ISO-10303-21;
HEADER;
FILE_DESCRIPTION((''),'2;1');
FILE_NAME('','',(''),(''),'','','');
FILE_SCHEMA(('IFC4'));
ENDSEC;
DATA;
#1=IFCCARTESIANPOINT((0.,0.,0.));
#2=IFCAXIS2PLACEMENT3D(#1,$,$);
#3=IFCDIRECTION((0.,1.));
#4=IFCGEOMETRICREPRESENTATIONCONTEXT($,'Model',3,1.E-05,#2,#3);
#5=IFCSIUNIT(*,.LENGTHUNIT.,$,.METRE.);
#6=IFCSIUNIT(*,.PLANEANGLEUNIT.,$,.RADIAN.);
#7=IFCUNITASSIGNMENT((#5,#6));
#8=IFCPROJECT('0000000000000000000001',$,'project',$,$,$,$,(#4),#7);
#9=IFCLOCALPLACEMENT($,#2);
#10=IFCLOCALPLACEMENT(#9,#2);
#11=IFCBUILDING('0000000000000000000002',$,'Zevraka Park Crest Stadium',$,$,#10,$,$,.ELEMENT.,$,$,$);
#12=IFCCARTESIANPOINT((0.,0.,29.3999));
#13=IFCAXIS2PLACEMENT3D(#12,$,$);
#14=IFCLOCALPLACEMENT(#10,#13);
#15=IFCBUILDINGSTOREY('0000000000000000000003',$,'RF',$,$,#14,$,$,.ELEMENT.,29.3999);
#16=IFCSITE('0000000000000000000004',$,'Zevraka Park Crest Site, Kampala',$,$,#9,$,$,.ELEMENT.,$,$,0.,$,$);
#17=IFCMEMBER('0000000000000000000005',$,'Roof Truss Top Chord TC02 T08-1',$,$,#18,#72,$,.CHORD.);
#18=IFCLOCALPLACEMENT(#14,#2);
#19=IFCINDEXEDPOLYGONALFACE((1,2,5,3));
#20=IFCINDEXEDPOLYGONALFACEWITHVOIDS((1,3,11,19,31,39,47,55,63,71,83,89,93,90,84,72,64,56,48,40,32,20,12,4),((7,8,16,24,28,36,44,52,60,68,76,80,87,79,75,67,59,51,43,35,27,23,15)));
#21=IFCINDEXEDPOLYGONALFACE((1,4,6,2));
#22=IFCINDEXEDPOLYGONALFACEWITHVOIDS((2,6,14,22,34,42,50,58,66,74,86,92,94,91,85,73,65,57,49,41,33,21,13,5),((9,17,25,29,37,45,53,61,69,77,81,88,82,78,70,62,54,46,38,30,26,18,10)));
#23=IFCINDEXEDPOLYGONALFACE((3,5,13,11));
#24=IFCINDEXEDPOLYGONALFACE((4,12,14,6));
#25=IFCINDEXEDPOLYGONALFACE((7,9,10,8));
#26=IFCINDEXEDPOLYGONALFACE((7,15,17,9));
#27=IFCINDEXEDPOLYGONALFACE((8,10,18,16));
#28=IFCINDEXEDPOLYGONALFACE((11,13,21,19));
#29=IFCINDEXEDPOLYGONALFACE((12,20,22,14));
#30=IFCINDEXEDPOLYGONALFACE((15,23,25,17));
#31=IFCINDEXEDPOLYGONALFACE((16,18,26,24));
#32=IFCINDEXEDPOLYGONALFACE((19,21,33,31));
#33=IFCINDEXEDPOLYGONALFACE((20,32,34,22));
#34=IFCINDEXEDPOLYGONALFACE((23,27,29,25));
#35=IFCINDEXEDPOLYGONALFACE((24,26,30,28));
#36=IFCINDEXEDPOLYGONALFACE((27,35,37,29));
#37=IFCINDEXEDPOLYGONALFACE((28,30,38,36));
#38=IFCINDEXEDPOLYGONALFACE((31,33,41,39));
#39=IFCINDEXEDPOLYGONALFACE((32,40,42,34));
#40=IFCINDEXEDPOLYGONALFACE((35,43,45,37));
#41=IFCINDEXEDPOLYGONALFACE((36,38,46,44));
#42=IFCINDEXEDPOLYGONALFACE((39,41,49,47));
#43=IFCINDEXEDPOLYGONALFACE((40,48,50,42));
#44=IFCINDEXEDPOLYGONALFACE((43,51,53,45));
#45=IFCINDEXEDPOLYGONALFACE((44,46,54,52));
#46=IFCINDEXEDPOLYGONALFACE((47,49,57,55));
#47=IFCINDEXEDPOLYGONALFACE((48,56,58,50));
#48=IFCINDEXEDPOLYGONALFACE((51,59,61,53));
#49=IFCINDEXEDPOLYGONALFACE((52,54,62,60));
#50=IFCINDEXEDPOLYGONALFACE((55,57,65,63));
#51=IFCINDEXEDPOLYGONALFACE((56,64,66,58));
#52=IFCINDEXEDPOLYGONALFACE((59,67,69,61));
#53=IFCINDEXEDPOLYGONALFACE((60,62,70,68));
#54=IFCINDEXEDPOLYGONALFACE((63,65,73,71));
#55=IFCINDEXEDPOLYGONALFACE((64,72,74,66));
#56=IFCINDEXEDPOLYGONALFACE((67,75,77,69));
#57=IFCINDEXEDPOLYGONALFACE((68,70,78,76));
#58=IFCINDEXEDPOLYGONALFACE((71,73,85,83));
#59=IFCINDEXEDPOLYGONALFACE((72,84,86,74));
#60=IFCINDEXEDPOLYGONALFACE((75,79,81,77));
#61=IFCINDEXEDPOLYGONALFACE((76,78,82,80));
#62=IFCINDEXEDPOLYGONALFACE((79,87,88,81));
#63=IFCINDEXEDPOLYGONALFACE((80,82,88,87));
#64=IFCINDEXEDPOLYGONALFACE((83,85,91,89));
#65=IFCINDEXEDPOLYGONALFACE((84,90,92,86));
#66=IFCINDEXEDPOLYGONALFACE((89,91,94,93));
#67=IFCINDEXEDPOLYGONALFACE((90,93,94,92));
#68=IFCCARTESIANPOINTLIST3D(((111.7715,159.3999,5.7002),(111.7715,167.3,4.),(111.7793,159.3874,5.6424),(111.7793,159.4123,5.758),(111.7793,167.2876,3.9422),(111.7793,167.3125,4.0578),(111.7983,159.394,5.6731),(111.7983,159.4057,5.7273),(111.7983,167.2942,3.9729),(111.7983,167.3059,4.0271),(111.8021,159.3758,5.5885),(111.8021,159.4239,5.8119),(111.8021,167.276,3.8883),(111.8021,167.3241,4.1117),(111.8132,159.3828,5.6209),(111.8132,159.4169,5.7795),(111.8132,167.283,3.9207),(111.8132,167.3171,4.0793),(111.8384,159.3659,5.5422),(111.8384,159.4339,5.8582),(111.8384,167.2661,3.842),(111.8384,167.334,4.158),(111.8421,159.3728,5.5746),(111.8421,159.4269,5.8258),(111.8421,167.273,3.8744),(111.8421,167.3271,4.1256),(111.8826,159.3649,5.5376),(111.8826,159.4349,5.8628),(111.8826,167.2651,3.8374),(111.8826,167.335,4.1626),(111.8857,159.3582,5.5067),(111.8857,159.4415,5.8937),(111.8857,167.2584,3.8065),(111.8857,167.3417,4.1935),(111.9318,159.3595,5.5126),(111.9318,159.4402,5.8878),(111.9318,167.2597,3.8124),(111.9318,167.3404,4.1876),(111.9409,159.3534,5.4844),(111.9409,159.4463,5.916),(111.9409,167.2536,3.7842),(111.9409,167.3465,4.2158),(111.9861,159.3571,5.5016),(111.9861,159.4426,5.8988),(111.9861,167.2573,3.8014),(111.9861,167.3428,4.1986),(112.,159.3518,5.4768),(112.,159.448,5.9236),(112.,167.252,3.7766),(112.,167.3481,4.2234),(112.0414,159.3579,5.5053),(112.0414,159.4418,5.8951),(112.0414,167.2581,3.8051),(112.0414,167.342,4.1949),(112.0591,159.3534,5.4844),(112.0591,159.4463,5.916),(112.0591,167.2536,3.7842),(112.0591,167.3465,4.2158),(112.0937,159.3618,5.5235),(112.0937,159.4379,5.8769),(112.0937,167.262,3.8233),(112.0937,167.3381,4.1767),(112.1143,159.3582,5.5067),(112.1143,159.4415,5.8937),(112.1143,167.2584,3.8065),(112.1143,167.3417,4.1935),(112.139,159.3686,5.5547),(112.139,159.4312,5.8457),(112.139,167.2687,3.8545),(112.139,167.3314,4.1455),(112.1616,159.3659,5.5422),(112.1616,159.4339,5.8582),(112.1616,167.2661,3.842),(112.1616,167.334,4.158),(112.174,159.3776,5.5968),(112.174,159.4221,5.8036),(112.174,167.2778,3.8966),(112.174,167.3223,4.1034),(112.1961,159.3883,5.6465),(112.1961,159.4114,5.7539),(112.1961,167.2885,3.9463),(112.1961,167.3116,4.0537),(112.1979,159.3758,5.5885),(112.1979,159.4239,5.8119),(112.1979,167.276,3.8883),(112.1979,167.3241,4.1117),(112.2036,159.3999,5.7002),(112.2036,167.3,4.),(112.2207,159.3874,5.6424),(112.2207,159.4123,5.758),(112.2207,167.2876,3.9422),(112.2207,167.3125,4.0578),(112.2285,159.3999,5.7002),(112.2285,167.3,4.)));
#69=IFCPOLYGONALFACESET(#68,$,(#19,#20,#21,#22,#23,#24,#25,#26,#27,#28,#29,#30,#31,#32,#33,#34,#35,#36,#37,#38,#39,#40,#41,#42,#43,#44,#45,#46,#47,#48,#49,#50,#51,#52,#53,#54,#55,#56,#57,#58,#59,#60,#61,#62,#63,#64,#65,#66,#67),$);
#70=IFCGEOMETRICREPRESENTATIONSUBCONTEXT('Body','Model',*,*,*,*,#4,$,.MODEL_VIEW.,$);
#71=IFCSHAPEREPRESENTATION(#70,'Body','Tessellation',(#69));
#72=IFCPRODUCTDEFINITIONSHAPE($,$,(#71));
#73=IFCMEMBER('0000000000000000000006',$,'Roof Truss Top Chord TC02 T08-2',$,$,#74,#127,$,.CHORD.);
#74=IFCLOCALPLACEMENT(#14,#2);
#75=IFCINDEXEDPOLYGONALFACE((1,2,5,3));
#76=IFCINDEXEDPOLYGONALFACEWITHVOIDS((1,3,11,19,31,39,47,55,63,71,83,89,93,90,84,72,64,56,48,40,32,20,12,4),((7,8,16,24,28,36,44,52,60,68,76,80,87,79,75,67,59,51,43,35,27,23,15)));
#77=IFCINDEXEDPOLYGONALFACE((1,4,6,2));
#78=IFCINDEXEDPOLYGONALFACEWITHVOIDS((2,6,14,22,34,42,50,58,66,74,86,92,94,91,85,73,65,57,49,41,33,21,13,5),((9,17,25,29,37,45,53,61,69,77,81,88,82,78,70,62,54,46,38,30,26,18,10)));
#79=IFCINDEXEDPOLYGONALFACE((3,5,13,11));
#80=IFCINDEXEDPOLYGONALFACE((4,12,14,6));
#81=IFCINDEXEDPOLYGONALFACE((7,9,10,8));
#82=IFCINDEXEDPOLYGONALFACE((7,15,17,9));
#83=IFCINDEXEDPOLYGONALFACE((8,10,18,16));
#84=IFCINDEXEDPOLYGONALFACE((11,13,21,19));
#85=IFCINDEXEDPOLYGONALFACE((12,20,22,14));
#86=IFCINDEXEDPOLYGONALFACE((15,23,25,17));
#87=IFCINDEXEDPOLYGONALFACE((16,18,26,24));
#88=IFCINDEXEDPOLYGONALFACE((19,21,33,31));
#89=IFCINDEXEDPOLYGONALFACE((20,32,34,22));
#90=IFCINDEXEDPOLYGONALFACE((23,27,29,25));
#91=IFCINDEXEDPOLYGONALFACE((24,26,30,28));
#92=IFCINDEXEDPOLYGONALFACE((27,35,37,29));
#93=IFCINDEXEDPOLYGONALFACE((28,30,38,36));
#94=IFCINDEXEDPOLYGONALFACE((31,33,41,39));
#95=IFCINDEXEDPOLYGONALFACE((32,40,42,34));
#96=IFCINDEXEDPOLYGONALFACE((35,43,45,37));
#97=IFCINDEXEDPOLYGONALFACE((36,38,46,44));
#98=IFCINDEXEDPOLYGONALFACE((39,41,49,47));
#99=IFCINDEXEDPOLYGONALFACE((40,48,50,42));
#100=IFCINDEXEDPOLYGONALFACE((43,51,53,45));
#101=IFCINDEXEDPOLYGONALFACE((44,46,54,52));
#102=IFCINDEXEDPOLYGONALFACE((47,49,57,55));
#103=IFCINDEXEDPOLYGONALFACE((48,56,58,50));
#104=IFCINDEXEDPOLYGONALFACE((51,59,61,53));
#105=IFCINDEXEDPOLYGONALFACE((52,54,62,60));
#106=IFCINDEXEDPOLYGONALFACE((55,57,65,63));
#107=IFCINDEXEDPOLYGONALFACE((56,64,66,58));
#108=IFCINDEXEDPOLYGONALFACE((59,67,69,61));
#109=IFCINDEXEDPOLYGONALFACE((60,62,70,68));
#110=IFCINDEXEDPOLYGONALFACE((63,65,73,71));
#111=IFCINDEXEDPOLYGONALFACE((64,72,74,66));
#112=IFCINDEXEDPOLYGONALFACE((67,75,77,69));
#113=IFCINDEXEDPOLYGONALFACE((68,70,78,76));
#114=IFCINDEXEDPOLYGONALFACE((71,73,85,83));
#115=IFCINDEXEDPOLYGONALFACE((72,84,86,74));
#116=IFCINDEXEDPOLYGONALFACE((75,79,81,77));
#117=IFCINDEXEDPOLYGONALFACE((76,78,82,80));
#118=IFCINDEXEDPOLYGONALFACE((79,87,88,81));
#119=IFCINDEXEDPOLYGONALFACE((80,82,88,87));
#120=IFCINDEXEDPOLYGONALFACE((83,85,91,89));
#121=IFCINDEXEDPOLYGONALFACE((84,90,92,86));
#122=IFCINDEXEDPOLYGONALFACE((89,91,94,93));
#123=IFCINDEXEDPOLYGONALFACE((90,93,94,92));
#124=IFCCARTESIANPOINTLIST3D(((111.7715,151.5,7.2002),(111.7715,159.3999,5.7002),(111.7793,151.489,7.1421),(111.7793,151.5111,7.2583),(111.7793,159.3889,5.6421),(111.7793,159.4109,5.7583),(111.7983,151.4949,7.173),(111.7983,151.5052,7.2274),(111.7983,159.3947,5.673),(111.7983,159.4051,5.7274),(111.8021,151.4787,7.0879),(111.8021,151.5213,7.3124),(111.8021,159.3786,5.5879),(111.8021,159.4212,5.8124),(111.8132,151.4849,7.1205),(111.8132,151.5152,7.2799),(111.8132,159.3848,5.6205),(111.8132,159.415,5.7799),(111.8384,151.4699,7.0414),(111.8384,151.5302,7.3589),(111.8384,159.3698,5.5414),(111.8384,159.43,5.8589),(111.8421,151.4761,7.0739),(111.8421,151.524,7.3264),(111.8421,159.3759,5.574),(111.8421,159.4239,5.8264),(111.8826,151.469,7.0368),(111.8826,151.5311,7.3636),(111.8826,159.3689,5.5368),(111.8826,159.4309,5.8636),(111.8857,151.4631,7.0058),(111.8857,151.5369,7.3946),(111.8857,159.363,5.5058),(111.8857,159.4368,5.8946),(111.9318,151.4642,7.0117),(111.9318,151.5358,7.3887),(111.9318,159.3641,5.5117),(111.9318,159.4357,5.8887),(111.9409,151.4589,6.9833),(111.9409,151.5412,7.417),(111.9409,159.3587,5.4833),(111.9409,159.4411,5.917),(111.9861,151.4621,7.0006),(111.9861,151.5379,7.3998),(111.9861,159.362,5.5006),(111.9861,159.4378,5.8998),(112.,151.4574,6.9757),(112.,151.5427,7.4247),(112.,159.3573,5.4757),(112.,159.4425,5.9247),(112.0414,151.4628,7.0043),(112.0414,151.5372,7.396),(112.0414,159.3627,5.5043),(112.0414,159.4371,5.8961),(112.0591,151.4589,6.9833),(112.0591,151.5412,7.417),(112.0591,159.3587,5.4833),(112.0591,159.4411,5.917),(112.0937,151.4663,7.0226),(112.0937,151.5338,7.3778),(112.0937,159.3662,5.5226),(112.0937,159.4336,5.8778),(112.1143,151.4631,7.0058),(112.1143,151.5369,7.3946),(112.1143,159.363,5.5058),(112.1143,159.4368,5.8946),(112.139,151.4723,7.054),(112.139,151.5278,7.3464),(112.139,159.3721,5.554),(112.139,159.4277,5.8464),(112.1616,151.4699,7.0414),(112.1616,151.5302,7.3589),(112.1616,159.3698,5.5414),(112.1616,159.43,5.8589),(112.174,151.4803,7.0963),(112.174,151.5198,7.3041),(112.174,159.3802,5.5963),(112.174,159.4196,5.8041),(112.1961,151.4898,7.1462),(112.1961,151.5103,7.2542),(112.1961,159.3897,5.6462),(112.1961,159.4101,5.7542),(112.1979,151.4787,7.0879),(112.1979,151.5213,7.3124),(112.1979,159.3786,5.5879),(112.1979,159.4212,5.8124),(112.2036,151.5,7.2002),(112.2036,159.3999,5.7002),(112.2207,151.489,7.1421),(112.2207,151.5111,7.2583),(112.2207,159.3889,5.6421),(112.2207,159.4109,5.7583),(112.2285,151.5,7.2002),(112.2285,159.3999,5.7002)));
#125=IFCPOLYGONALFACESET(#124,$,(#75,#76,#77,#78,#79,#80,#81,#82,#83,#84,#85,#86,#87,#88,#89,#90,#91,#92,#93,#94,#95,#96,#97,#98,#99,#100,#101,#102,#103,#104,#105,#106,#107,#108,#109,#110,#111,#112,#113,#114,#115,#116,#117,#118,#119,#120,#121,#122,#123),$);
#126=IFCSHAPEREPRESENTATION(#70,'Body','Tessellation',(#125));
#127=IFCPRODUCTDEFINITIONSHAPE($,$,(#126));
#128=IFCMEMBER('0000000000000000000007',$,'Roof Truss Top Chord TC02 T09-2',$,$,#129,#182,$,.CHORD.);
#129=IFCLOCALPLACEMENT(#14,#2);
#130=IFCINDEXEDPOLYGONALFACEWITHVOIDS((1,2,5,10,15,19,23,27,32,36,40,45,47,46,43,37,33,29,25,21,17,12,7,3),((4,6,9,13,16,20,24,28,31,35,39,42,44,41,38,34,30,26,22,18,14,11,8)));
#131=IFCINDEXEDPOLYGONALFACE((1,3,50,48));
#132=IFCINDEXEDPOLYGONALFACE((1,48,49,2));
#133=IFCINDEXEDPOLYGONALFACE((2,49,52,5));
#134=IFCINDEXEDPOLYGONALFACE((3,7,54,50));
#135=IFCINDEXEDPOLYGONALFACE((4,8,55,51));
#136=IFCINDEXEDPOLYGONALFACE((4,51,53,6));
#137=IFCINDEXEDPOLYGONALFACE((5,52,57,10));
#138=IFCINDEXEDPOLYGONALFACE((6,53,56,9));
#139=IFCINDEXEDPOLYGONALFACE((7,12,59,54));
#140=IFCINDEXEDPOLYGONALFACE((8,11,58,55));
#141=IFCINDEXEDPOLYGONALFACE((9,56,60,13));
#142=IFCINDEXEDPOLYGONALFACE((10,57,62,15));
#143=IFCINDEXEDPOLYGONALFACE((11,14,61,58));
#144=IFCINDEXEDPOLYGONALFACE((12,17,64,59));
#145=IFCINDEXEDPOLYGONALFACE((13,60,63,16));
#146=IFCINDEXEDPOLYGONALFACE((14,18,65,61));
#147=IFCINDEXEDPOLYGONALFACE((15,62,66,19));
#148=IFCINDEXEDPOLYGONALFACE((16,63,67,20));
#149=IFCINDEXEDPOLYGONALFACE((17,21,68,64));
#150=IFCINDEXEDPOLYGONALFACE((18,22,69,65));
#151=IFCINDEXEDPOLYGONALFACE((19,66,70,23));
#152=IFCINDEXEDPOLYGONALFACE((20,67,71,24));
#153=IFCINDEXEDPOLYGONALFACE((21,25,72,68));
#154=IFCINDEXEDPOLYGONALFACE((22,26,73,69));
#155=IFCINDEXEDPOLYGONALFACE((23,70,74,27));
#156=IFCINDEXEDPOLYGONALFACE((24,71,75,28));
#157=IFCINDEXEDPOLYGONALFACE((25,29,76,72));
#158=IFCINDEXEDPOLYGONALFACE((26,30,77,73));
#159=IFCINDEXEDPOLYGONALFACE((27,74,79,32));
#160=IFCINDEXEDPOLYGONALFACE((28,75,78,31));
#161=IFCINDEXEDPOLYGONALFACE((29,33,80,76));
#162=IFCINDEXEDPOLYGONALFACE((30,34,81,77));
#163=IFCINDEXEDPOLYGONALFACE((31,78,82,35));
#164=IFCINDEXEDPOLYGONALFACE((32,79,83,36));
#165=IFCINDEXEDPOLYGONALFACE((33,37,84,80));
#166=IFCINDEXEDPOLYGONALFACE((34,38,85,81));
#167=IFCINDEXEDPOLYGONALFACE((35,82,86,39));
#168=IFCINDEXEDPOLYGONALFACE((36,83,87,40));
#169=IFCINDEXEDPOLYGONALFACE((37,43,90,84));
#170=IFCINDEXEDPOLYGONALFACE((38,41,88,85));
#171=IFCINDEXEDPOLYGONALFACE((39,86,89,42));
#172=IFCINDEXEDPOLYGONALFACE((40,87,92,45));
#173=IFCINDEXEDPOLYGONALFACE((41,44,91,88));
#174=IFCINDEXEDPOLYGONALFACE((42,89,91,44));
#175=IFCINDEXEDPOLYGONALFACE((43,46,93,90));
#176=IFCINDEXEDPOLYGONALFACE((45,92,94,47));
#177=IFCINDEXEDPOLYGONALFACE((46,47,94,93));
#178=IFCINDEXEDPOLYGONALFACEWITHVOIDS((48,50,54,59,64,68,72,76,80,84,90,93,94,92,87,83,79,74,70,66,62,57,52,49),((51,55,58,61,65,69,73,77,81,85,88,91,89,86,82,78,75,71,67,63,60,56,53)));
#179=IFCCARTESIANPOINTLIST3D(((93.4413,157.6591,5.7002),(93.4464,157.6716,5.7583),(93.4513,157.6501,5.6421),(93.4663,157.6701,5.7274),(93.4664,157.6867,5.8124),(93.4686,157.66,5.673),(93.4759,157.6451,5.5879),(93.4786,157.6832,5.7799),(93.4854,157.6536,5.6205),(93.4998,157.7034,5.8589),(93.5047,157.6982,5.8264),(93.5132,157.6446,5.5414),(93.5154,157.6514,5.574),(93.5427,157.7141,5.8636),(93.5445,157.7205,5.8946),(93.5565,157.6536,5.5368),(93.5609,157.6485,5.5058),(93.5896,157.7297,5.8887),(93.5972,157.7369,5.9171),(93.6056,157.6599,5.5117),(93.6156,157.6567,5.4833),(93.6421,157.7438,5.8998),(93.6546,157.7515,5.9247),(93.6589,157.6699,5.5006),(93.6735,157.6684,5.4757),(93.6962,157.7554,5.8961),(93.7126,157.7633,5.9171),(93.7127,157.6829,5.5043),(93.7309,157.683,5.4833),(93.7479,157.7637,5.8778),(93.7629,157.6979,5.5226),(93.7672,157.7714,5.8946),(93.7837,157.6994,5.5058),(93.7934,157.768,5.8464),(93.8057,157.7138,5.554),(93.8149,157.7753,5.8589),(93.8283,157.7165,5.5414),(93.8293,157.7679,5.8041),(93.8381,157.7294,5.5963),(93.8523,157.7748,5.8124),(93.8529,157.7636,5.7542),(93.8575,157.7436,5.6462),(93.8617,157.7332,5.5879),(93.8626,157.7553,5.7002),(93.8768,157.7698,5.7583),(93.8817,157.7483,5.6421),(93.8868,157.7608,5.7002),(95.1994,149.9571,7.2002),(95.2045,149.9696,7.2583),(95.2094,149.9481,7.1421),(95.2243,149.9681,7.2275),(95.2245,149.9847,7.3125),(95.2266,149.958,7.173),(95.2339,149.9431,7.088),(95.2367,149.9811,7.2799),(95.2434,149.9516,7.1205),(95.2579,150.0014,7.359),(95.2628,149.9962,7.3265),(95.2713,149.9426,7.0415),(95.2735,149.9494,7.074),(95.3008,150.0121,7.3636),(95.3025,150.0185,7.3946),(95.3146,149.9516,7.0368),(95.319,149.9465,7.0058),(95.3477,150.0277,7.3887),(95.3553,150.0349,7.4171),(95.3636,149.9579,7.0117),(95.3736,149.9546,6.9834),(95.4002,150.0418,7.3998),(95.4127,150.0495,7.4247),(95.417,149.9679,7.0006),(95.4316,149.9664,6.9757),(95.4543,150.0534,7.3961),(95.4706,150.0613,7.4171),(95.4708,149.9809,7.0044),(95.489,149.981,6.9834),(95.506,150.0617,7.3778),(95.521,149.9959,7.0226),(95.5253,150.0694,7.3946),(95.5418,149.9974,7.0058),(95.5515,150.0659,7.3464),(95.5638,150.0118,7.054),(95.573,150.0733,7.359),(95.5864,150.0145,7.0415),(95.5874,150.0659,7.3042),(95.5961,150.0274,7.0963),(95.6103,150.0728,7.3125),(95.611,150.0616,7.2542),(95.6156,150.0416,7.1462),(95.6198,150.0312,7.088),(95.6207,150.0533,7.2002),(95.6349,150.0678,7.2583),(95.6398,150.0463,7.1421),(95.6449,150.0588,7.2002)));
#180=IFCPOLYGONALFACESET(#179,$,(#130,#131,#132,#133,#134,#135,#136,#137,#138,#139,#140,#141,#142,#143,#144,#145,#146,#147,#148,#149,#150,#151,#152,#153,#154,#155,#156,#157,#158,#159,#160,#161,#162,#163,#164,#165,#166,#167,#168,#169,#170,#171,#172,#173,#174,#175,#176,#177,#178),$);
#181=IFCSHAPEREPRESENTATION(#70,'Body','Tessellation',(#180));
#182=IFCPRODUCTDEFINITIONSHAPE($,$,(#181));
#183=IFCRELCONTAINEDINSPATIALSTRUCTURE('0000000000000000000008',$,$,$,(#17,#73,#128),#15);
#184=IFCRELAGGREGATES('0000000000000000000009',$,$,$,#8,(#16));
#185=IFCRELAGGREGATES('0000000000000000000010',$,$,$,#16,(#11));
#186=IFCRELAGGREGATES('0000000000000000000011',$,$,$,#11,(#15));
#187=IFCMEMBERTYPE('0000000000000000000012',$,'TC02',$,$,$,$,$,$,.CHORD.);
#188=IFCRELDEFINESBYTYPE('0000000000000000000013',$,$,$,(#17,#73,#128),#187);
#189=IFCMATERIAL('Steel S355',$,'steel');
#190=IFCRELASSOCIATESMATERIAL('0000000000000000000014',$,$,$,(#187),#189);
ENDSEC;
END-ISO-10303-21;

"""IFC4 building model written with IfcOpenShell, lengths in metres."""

from ifc_helpers import new_model, si_unit, direction, frame, origin, origin_2d, place, context, subcontext, project, spatial, hollow_circle, extrude, material, material_profile, profile_set, type_object, element, save


model = new_model("IFC4")

# Units and contexts
model_context = context("Model", 3, precision=1e-05, world=origin(), true_north=direction((0.0, 1.0)))
body_context = subcontext(model_context, "Body", "Model", "MODEL_VIEW")
ifc_project = project(units=[si_unit("LENGTHUNIT", "METRE"), si_unit("PLANEANGLEUNIT", "RADIAN")], contexts=[model_context])

# Site, building, storey
site_placement = place(None, origin())
site = spatial("IfcSite", under=ifc_project, at=site_placement, Name="Zevraka Park Crest Site, Kampala", CompositionType="ELEMENT", RefElevation=0.0)
building_placement = place(site_placement, origin())
building = spatial("IfcBuilding", under=site, at=building_placement, Name="Zevraka Park Crest Stadium", CompositionType="ELEMENT")
storey_placement = place(building_placement, frame((0.0, 0.0, 29.3999)))
storey = spatial("IfcBuildingStorey", under=building, at=storey_placement, Name="RF", CompositionType="ELEMENT", Elevation=29.3999)

# Members
ifc_material_1 = material(Name="Steel S355", Category="steel")
ifc_material_profile_1 = material_profile(ifc_material_1, hollow_circle(Radius=0.2285, WallThickness=0.0249, at=origin_2d()), Name="CHS 457.0x25")
ifc_profile_set_1 = profile_set([ifc_material_profile_1], Name="Steel S355")
member_type_1 = type_object("IfcMemberType", Name="TC02", PredefinedType="CHORD", material=ifc_profile_set_1)
member_1_placement = place(storey_placement, frame((112.0, 167.3, 4.0), z_axis=(0.0, -0.977617, 0.210394), x_axis=(1.0, 0.0, 0.0)))
element("IfcMember", 1, at=member_1_placement, inside=storey, type_object=member_type_1, Name="Roof Truss Top Chord TC02 T08-1", PredefinedType="CHORD", context=body_context, shape_type="SweptSolid", body=[
    extrude(hollow_circle(Radius=0.2285, WallThickness=0.0249, at=origin_2d()), origin(), (0.0, 0.0, 1.0), 8.0811),
])
member_2_placement = place(storey_placement, frame((112.0, 159.3999, 5.7002), z_axis=(0.0, -0.982447, 0.186543), x_axis=(1.0, 0.0, 0.0)))
element("IfcMember", 2, at=member_2_placement, inside=storey, type_object=member_type_1, Name="Roof Truss Top Chord TC02 T08-2", PredefinedType="CHORD", context=body_context, shape_type="SweptSolid", body=[
    extrude(hollow_circle(Radius=0.2285, WallThickness=0.0249, at=origin_2d()), origin(), (0.0, 0.0, 1.0), 8.041),
])
member_3_placement = place(storey_placement, frame((93.6641, 157.71, 5.7002), z_axis=(0.218632, -0.957811, 0.18654), x_axis=(0.974924, 0.222539, 0.0)))
element("IfcMember", 3, at=member_3_placement, inside=storey, type_object=member_type_1, Name="Roof Truss Top Chord TC02 T09-2", PredefinedType="CHORD", context=body_context, shape_type="SweptSolid", body=[
    extrude(hollow_circle(Radius=0.2285, WallThickness=0.0249, at=origin_2d()), origin(), (0.0, 0.0, 1.0), 8.0413),
])

save(model, "model.ifc")
